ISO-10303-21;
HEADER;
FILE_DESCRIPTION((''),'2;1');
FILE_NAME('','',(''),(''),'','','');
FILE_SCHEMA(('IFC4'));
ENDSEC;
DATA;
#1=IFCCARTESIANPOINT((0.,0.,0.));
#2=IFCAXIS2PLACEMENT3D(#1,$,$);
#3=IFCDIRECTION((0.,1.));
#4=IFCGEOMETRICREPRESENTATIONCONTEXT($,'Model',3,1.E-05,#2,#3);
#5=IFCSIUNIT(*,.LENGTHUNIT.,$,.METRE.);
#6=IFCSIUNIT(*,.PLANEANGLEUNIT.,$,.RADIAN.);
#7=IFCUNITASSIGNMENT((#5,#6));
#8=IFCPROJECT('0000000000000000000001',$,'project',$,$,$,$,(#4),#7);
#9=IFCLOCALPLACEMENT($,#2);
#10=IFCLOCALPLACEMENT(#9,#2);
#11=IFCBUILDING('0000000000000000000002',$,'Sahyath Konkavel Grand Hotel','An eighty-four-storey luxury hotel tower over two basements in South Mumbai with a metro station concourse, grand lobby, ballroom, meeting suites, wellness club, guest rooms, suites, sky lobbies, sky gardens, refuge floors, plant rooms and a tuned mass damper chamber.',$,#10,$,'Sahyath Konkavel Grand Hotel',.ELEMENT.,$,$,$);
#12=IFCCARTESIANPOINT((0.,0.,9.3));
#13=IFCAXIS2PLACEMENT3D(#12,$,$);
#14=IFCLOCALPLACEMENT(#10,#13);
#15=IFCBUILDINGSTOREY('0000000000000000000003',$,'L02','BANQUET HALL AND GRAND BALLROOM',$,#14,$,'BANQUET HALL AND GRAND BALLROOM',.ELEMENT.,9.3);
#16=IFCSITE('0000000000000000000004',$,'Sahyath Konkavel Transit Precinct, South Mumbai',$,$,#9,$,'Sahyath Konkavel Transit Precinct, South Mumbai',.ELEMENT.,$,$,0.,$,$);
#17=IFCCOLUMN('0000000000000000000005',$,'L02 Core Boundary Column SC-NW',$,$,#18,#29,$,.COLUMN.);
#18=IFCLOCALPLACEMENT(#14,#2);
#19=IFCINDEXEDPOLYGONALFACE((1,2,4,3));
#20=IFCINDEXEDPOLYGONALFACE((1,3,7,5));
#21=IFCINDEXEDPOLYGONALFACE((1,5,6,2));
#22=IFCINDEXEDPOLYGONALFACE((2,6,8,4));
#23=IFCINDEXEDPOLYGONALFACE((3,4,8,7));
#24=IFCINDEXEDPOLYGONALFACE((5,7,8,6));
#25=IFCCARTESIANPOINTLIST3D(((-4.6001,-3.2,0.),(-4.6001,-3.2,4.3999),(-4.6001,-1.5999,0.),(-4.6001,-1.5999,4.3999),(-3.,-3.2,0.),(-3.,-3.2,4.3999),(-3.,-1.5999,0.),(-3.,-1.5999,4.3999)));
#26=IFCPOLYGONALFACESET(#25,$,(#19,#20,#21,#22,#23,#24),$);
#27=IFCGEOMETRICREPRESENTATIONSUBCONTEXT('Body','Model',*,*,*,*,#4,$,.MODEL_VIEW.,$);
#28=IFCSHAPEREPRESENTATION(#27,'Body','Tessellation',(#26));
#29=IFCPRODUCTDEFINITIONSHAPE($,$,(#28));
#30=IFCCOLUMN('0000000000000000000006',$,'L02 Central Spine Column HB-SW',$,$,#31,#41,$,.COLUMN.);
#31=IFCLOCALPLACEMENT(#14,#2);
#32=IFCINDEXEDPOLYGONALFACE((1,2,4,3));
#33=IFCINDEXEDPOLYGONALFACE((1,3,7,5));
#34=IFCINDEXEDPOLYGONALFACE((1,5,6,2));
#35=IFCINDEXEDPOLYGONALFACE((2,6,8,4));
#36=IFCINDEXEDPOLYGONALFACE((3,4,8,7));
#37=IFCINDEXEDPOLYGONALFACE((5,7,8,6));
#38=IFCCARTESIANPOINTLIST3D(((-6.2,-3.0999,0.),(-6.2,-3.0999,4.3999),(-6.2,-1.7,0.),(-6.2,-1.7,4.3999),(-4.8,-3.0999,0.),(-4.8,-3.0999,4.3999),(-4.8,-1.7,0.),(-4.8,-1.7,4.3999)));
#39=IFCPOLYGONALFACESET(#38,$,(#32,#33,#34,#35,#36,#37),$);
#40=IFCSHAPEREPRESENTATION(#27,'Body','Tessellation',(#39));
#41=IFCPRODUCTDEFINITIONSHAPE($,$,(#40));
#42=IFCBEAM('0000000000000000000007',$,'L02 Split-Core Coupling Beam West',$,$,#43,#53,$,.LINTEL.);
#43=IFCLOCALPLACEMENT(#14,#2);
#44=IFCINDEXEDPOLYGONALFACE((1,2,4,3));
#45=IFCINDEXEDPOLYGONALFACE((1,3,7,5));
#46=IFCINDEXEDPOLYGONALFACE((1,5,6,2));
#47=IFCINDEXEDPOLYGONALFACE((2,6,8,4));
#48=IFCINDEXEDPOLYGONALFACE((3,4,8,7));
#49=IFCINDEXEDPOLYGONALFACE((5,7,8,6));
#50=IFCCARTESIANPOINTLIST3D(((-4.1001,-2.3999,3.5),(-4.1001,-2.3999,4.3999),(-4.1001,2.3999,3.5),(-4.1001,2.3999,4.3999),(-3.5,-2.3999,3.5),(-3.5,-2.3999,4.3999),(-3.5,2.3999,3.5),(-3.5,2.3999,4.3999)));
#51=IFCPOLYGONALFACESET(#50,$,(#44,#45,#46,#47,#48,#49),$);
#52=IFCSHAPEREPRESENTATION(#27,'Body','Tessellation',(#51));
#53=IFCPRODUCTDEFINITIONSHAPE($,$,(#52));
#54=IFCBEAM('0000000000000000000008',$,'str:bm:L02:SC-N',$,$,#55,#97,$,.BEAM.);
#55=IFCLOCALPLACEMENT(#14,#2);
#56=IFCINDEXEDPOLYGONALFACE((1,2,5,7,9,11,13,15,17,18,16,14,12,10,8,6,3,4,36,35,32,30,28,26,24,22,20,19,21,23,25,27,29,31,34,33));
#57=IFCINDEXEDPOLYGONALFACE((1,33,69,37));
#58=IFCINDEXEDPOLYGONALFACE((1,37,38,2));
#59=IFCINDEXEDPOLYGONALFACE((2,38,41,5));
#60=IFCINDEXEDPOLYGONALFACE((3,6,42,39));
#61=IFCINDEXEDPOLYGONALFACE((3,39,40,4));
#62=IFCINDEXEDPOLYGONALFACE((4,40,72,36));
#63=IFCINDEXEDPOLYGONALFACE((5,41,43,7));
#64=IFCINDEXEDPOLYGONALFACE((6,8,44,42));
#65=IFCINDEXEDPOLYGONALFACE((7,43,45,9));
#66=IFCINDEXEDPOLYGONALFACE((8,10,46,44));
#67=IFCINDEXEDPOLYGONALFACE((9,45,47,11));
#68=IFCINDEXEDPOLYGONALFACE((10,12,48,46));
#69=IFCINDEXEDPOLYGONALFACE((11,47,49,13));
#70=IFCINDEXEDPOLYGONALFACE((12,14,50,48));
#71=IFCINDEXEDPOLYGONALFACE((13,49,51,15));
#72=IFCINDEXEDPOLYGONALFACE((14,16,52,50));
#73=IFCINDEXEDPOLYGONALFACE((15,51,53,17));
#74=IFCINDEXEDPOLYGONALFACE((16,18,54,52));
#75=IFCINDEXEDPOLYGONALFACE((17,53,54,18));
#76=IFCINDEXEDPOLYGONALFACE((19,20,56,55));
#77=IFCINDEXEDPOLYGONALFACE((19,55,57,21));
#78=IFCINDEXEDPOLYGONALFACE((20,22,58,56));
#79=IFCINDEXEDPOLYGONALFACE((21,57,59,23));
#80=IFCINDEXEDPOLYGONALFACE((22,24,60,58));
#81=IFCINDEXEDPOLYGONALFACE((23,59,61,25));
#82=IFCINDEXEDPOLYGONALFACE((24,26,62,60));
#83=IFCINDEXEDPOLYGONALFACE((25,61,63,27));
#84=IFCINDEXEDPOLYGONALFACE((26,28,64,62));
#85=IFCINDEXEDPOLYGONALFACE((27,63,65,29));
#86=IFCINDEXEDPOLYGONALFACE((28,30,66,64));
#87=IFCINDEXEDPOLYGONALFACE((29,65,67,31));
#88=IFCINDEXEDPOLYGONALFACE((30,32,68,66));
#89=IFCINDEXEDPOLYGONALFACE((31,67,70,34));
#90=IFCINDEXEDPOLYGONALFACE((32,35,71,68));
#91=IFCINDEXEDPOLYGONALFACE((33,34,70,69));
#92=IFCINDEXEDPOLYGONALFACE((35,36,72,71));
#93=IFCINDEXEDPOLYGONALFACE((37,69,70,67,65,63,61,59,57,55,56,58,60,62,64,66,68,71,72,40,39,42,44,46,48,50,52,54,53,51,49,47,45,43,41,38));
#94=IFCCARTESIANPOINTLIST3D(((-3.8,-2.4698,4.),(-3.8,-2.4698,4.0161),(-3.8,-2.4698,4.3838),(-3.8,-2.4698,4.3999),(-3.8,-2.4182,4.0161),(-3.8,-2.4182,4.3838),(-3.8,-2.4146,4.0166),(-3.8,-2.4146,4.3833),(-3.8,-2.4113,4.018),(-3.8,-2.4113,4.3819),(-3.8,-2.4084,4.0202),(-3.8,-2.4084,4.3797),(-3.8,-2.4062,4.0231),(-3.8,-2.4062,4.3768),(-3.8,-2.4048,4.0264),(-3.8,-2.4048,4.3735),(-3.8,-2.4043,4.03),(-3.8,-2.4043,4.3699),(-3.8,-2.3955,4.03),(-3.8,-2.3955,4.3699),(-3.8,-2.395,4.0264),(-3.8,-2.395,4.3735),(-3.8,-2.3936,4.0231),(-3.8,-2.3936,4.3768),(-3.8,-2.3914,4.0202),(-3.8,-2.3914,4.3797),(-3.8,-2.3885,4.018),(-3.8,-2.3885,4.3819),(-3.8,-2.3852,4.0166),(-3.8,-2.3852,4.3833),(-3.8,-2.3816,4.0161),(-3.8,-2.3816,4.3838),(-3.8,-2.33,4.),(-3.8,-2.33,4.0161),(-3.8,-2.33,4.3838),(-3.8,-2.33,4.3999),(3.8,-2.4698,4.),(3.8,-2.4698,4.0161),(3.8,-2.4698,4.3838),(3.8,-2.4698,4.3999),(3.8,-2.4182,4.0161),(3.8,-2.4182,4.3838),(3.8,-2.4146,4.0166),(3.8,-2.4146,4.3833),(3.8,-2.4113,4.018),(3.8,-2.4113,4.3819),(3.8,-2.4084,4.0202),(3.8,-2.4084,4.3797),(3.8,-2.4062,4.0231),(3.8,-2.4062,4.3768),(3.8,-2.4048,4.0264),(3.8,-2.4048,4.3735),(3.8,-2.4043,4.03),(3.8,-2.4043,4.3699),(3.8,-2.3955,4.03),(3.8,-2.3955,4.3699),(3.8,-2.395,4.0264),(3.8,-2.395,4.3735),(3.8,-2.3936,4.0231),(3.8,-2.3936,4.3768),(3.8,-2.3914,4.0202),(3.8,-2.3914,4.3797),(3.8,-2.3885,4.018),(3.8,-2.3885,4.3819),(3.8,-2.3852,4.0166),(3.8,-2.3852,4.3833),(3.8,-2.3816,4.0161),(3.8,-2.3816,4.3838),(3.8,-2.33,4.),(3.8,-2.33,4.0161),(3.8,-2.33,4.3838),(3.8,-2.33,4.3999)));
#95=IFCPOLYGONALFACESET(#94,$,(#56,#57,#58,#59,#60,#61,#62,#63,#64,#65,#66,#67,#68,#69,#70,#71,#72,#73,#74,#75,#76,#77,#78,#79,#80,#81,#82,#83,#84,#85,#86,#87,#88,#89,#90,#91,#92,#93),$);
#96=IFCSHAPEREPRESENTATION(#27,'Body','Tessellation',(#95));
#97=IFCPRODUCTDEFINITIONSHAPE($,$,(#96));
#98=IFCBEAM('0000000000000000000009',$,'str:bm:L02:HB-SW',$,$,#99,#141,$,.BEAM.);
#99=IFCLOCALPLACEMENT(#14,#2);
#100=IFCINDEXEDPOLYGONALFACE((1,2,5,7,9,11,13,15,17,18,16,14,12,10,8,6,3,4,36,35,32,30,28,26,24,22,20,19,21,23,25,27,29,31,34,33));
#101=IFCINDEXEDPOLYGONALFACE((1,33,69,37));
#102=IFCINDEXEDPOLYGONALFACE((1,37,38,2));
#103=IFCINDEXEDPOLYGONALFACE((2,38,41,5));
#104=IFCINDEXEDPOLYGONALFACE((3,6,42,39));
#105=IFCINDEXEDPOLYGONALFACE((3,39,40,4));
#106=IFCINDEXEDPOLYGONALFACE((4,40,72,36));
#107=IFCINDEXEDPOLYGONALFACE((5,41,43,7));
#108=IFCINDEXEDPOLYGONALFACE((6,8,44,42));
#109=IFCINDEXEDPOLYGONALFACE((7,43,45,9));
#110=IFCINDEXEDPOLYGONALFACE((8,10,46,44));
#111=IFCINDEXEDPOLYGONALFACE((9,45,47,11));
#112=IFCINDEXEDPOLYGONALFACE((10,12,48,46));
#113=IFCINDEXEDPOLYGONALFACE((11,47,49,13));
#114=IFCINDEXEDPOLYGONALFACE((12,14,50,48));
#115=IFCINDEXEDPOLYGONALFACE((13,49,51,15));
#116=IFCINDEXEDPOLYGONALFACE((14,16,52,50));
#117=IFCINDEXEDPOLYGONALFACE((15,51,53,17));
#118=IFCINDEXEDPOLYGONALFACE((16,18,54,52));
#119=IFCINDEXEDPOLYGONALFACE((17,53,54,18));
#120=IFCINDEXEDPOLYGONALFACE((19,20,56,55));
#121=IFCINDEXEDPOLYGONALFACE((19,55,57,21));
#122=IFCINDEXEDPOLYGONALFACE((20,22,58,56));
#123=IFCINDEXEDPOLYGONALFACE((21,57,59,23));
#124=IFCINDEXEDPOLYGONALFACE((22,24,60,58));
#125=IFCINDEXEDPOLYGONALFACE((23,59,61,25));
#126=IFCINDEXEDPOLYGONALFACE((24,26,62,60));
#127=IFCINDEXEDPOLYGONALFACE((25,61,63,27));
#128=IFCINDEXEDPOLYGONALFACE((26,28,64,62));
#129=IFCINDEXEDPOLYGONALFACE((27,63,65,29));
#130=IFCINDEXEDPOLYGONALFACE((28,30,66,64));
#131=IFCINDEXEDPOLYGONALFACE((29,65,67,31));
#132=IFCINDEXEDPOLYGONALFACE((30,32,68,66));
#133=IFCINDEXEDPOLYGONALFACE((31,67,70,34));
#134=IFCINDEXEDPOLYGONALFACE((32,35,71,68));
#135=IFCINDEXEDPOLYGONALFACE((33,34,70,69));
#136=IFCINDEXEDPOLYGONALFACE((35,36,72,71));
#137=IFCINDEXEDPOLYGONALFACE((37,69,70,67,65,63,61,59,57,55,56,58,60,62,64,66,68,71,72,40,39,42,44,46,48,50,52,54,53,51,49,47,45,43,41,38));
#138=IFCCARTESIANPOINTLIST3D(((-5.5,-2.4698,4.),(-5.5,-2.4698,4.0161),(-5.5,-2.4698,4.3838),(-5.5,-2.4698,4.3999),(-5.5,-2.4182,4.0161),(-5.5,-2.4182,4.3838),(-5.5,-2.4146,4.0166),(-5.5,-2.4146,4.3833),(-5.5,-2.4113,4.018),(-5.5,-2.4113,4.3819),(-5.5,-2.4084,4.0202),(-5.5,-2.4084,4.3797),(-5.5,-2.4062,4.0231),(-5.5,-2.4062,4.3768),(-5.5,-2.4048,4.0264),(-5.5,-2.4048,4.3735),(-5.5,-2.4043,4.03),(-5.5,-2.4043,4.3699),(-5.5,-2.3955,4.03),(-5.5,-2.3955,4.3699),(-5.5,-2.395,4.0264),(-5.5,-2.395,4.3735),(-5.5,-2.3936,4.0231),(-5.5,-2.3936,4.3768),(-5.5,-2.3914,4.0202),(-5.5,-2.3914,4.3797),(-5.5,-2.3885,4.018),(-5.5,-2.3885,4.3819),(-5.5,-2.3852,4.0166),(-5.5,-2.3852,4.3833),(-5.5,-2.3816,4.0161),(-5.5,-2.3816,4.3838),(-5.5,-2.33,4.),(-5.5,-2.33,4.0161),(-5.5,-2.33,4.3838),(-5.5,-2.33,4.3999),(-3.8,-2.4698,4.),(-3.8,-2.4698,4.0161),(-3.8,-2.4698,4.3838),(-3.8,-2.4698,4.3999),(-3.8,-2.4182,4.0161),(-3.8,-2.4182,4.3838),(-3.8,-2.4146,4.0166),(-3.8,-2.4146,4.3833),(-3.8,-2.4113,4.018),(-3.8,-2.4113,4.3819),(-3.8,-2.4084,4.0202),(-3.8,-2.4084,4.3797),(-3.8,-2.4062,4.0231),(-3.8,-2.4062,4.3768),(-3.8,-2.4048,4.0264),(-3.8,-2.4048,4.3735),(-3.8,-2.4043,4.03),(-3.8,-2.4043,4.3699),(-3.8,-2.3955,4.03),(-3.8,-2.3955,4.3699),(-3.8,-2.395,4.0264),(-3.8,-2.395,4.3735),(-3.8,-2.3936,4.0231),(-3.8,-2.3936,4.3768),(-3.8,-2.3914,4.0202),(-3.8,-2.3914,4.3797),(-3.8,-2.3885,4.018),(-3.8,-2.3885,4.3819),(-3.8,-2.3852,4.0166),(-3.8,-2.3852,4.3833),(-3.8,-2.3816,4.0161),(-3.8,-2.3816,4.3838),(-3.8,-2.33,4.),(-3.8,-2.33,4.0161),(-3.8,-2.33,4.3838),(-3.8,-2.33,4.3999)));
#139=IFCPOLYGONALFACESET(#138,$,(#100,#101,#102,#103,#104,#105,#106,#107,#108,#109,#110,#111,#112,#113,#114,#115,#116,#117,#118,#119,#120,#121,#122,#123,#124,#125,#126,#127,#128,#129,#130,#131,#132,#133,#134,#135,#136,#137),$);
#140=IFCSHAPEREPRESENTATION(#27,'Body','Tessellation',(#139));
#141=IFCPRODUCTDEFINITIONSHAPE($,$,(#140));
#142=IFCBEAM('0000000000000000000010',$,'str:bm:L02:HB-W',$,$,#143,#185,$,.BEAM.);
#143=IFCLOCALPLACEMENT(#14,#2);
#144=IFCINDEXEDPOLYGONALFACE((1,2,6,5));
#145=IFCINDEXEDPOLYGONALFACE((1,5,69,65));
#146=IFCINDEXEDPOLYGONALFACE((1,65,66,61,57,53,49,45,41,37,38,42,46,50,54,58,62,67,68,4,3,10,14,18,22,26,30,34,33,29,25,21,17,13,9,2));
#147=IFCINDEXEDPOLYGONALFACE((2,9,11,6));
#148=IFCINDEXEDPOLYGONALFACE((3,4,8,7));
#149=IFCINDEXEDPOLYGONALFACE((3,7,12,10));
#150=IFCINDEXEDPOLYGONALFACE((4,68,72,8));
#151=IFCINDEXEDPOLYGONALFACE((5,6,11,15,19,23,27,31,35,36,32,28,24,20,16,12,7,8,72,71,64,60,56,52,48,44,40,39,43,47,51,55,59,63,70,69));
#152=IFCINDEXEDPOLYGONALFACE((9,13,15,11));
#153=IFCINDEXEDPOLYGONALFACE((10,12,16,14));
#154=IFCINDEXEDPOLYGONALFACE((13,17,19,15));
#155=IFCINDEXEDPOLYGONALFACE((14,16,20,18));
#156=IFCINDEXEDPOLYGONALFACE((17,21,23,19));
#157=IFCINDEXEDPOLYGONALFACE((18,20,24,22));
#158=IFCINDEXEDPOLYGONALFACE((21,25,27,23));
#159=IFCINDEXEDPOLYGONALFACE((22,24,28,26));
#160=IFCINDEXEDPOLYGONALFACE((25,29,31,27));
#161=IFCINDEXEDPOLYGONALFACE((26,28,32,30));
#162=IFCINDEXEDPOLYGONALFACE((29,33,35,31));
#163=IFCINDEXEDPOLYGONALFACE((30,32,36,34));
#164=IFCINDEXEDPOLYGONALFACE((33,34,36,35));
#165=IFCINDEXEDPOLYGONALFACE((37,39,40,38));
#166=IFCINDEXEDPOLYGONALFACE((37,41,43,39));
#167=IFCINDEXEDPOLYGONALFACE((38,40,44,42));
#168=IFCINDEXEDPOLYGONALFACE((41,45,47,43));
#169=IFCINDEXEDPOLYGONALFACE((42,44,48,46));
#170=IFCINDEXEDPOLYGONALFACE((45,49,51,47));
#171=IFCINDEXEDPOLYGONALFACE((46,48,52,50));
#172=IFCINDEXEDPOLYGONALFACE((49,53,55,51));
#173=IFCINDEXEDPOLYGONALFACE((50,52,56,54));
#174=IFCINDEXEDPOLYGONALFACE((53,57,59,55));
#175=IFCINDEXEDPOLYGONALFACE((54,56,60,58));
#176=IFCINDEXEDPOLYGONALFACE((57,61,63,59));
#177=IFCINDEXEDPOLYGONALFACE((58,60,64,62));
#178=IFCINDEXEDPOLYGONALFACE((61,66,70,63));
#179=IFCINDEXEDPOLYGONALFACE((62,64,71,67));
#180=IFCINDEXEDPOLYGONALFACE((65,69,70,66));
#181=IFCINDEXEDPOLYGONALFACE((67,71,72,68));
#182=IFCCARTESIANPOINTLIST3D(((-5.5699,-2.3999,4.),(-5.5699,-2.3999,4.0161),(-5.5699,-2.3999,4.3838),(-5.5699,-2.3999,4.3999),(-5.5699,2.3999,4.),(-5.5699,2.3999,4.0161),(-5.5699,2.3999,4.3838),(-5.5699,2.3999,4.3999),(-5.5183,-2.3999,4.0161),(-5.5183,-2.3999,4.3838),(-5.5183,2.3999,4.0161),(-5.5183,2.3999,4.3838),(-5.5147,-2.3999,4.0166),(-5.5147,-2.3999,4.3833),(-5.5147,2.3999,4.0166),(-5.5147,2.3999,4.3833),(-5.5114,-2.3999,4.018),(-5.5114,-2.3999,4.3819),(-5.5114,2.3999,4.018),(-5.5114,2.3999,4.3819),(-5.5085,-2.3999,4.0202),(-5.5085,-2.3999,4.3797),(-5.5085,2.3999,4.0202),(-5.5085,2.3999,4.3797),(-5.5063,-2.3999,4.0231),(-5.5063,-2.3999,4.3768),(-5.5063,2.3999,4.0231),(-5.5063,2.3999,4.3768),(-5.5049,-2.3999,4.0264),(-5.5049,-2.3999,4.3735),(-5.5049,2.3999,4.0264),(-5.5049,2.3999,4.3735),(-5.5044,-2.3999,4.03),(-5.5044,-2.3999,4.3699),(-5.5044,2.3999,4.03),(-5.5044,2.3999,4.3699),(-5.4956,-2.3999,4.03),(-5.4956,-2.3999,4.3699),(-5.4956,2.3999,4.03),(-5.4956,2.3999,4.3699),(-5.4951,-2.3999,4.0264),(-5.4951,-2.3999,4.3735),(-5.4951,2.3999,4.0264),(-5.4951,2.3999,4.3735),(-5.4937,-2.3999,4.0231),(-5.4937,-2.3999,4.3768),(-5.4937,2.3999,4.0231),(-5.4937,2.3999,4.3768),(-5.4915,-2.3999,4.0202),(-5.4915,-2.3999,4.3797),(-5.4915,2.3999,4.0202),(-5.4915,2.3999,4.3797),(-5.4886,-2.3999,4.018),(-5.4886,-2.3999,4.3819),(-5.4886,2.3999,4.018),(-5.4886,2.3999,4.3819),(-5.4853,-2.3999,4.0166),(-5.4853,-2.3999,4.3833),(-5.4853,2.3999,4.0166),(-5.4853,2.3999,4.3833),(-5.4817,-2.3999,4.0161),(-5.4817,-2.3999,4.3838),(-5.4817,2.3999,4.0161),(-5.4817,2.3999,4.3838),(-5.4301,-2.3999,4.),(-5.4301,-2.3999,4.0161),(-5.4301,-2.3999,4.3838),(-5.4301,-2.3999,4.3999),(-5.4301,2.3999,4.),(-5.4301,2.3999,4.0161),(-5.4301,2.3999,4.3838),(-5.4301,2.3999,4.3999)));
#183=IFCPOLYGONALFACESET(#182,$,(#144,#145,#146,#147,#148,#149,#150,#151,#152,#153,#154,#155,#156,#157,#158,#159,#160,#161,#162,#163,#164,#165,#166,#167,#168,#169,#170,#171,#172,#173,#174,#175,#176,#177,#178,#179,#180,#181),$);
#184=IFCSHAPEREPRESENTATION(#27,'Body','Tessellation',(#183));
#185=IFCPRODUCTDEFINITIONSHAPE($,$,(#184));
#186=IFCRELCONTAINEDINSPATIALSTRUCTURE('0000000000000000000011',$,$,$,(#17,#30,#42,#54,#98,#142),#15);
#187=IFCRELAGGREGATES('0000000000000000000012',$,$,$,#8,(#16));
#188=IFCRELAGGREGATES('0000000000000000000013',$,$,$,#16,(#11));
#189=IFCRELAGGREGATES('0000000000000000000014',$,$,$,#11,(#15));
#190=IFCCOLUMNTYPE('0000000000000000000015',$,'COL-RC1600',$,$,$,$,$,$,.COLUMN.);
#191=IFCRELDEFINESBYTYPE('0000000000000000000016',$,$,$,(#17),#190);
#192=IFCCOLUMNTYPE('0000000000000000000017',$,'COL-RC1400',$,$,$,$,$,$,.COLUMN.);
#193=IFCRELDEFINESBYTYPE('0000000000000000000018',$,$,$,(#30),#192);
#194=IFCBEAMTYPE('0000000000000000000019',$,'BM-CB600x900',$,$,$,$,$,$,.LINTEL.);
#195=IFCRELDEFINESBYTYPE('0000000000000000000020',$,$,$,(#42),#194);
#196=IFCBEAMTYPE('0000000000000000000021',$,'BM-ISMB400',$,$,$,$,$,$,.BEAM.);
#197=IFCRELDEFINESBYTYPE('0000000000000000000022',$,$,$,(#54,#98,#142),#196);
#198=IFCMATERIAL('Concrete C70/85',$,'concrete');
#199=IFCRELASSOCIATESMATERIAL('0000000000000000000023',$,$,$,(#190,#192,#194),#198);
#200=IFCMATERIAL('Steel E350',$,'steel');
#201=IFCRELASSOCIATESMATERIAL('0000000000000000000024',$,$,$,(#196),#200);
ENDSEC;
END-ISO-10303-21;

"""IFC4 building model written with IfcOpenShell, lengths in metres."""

from ifc_helpers import new_model, si_unit, direction, frame, origin, origin_2d, place, context, subcontext, project, spatial, rectangle, i_section, extrude, source, transform, mapped, material, material_profile, profile_set, type_object, element, save


model = new_model("IFC4")

# Units and contexts
model_context = context("Model", 3, precision=1e-05, world=origin(), true_north=direction((0.0, 1.0)))
body_context = subcontext(model_context, "Body", "Model", "MODEL_VIEW")
ifc_project = project(units=[si_unit("LENGTHUNIT", "METRE"), si_unit("PLANEANGLEUNIT", "RADIAN")], contexts=[model_context])

# Site, building, storey
site_placement = place(None, origin())
site = spatial("IfcSite", under=ifc_project, at=site_placement, Name="Sahyath Konkavel Transit Precinct, South Mumbai", LongName="Sahyath Konkavel Transit Precinct, South Mumbai", CompositionType="ELEMENT", RefElevation=0.0)
building_placement = place(site_placement, origin())
building = spatial("IfcBuilding", under=site, at=building_placement, Name="Sahyath Konkavel Grand Hotel", Description="An eighty-four-storey luxury hotel tower over two basements in South Mumbai with a metro station concourse, grand lobby, ballroom, meeting suites, wellness club, guest rooms, suites, sky lobbies, sky gardens, refuge floors, plant rooms and a tuned mass damper chamber.", LongName="Sahyath Konkavel Grand Hotel", CompositionType="ELEMENT")
storey_placement = place(building_placement, frame((0.0, 0.0, 9.3)))
storey = spatial("IfcBuildingStorey", under=building, at=storey_placement, Name="L02", Description="BANQUET HALL AND GRAND BALLROOM", LongName="BANQUET HALL AND GRAND BALLROOM", CompositionType="ELEMENT", Elevation=9.3)

# Columns
ifc_material_1 = material(Name="Concrete C70/85", Category="concrete")
ifc_material_profile_1 = material_profile(ifc_material_1, rectangle(XDim=1.6001, YDim=1.6001, at=origin_2d()), Name="RC 1600x1600")
ifc_profile_set_1 = profile_set([ifc_material_profile_1], Name="Concrete C70/85")
column_type_1 = type_object("IfcColumnType", Name="COL-RC1600", PredefinedType="COLUMN", material=ifc_profile_set_1)
shared_shape_1 = source(origin(), body_context, "Body", "SweptSolid", [
    extrude(rectangle(XDim=1.6001, YDim=1.6001, at=origin_2d()), origin(), (0.0, 0.0, 1.0), 4.3999),
])
column_1_placement = place(storey_placement, frame((-3.8, -2.3999, 0.0), z_axis=(0.0, 0.0, 1.0), x_axis=(1.0, 0.0, 0.0)))
element("IfcColumn", 1, at=column_1_placement, inside=storey, type_object=column_type_1, Name="L02 Core Boundary Column SC-NW", PredefinedType="COLUMN", context=body_context, shape_type="MappedRepresentation", body=[
    mapped(shared_shape_1, transform((0.0, 0.0, 0.0), scale=1.0)),
])
ifc_material_profile_2 = material_profile(ifc_material_1, rectangle(XDim=1.3999, YDim=1.3999, at=origin_2d()), Name="RC 1400x1400")
ifc_profile_set_2 = profile_set([ifc_material_profile_2], Name="Concrete C70/85")
column_type_2 = type_object("IfcColumnType", Name="COL-RC1400", PredefinedType="COLUMN", material=ifc_profile_set_2)
shared_shape_2 = source(origin(), body_context, "Body", "SweptSolid", [
    extrude(rectangle(XDim=1.3999, YDim=1.3999, at=origin_2d()), origin(), (0.0, 0.0, 1.0), 4.3999),
])
column_2_placement = place(storey_placement, frame((-5.5, -2.3999, 0.0), z_axis=(0.0, 0.0, 1.0), x_axis=(1.0, 0.0, 0.0)))
element("IfcColumn", 2, at=column_2_placement, inside=storey, type_object=column_type_2, Name="L02 Central Spine Column HB-SW", PredefinedType="COLUMN", context=body_context, shape_type="MappedRepresentation", body=[
    mapped(shared_shape_2, transform((0.0, 0.0, 0.0), scale=1.0)),
])

# Beams
ifc_material_profile_3 = material_profile(ifc_material_1, rectangle(XDim=0.6001, YDim=0.8999, at=origin_2d()), Name="RC 600x900")
ifc_profile_set_3 = profile_set([ifc_material_profile_3], Name="Concrete C70/85")
beam_type_1 = type_object("IfcBeamType", Name="BM-CB600x900", PredefinedType="LINTEL", material=ifc_profile_set_3)
shared_shape_3 = source(origin(), body_context, "Body", "SweptSolid", [
    extrude(rectangle(XDim=0.6001, YDim=0.8999, at=origin_2d()), origin(), (0.0, 0.0, 1.0), 4.7998),
])
beam_1_placement = place(storey_placement, frame((-3.8, -2.3999, 3.95), z_axis=(0.0, 1.0, 0.0), x_axis=(-1.0, 0.0, 0.0)))
element("IfcBeam", 3, at=beam_1_placement, inside=storey, type_object=beam_type_1, Name="L02 Split-Core Coupling Beam West", PredefinedType="LINTEL", context=body_context, shape_type="MappedRepresentation", body=[
    mapped(shared_shape_3, transform((0.0, 0.0, 0.0), scale=1.0)),
])
ifc_material_2 = material(Name="Steel E350", Category="steel")
ifc_material_profile_4 = material_profile(ifc_material_2, i_section(OverallWidth=0.1399, OverallDepth=0.3999, WebThickness=0.0088, FlangeThickness=0.0161, FilletRadius=0.0139, at=origin_2d()), Name="ISMB 400")
ifc_profile_set_4 = profile_set([ifc_material_profile_4], Name="Steel E350")
beam_type_2 = type_object("IfcBeamType", Name="BM-ISMB400", PredefinedType="BEAM", material=ifc_profile_set_4)
shared_shape_4 = source(origin(), body_context, "Body", "SweptSolid", [
    extrude(i_section(OverallWidth=0.1399, OverallDepth=0.3999, WebThickness=0.0088, FlangeThickness=0.0161, FilletRadius=0.0139, at=origin_2d()), origin(), (0.0, 0.0, 1.0), 7.6001),
])
beam_2_placement = place(storey_placement, frame((-3.8, -2.3999, 4.2), z_axis=(1.0, 0.0, 0.0), x_axis=(0.0, 1.0, 0.0)))
element("IfcBeam", 4, at=beam_2_placement, inside=storey, type_object=beam_type_2, Name="str:bm:L02:SC-N", PredefinedType="BEAM", context=body_context, shape_type="MappedRepresentation", body=[
    mapped(shared_shape_4, transform((0.0, 0.0, 0.0), scale=1.0)),
])
shared_shape_5 = source(origin(), body_context, "Body", "SweptSolid", [
    extrude(i_section(OverallWidth=0.1399, OverallDepth=0.3999, WebThickness=0.0088, FlangeThickness=0.0161, FilletRadius=0.0139, at=origin_2d()), origin(), (0.0, 0.0, 1.0), 1.7),
])
beam_3_placement = place(storey_placement, frame((-5.5, -2.3999, 4.2), z_axis=(1.0, 0.0, 0.0), x_axis=(0.0, 1.0, 0.0)))
element("IfcBeam", 5, at=beam_3_placement, inside=storey, type_object=beam_type_2, Name="str:bm:L02:HB-SW", PredefinedType="BEAM", context=body_context, shape_type="MappedRepresentation", body=[
    mapped(shared_shape_5, transform((0.0, 0.0, 0.0), scale=1.0)),
])
shared_shape_6 = source(origin(), body_context, "Body", "SweptSolid", [
    extrude(i_section(OverallWidth=0.1399, OverallDepth=0.3999, WebThickness=0.0088, FlangeThickness=0.0161, FilletRadius=0.0139, at=origin_2d()), origin(), (0.0, 0.0, 1.0), 4.7998),
])
beam_4_placement = place(storey_placement, frame((-5.5, -2.3999, 4.2), z_axis=(0.0, 1.0, 0.0), x_axis=(-1.0, 0.0, 0.0)))
element("IfcBeam", 6, at=beam_4_placement, inside=storey, type_object=beam_type_2, Name="str:bm:L02:HB-W", PredefinedType="BEAM", context=body_context, shape_type="MappedRepresentation", body=[
    mapped(shared_shape_6, transform((0.0, 0.0, 0.0), scale=1.0)),
])

save(model, "model.ifc")
